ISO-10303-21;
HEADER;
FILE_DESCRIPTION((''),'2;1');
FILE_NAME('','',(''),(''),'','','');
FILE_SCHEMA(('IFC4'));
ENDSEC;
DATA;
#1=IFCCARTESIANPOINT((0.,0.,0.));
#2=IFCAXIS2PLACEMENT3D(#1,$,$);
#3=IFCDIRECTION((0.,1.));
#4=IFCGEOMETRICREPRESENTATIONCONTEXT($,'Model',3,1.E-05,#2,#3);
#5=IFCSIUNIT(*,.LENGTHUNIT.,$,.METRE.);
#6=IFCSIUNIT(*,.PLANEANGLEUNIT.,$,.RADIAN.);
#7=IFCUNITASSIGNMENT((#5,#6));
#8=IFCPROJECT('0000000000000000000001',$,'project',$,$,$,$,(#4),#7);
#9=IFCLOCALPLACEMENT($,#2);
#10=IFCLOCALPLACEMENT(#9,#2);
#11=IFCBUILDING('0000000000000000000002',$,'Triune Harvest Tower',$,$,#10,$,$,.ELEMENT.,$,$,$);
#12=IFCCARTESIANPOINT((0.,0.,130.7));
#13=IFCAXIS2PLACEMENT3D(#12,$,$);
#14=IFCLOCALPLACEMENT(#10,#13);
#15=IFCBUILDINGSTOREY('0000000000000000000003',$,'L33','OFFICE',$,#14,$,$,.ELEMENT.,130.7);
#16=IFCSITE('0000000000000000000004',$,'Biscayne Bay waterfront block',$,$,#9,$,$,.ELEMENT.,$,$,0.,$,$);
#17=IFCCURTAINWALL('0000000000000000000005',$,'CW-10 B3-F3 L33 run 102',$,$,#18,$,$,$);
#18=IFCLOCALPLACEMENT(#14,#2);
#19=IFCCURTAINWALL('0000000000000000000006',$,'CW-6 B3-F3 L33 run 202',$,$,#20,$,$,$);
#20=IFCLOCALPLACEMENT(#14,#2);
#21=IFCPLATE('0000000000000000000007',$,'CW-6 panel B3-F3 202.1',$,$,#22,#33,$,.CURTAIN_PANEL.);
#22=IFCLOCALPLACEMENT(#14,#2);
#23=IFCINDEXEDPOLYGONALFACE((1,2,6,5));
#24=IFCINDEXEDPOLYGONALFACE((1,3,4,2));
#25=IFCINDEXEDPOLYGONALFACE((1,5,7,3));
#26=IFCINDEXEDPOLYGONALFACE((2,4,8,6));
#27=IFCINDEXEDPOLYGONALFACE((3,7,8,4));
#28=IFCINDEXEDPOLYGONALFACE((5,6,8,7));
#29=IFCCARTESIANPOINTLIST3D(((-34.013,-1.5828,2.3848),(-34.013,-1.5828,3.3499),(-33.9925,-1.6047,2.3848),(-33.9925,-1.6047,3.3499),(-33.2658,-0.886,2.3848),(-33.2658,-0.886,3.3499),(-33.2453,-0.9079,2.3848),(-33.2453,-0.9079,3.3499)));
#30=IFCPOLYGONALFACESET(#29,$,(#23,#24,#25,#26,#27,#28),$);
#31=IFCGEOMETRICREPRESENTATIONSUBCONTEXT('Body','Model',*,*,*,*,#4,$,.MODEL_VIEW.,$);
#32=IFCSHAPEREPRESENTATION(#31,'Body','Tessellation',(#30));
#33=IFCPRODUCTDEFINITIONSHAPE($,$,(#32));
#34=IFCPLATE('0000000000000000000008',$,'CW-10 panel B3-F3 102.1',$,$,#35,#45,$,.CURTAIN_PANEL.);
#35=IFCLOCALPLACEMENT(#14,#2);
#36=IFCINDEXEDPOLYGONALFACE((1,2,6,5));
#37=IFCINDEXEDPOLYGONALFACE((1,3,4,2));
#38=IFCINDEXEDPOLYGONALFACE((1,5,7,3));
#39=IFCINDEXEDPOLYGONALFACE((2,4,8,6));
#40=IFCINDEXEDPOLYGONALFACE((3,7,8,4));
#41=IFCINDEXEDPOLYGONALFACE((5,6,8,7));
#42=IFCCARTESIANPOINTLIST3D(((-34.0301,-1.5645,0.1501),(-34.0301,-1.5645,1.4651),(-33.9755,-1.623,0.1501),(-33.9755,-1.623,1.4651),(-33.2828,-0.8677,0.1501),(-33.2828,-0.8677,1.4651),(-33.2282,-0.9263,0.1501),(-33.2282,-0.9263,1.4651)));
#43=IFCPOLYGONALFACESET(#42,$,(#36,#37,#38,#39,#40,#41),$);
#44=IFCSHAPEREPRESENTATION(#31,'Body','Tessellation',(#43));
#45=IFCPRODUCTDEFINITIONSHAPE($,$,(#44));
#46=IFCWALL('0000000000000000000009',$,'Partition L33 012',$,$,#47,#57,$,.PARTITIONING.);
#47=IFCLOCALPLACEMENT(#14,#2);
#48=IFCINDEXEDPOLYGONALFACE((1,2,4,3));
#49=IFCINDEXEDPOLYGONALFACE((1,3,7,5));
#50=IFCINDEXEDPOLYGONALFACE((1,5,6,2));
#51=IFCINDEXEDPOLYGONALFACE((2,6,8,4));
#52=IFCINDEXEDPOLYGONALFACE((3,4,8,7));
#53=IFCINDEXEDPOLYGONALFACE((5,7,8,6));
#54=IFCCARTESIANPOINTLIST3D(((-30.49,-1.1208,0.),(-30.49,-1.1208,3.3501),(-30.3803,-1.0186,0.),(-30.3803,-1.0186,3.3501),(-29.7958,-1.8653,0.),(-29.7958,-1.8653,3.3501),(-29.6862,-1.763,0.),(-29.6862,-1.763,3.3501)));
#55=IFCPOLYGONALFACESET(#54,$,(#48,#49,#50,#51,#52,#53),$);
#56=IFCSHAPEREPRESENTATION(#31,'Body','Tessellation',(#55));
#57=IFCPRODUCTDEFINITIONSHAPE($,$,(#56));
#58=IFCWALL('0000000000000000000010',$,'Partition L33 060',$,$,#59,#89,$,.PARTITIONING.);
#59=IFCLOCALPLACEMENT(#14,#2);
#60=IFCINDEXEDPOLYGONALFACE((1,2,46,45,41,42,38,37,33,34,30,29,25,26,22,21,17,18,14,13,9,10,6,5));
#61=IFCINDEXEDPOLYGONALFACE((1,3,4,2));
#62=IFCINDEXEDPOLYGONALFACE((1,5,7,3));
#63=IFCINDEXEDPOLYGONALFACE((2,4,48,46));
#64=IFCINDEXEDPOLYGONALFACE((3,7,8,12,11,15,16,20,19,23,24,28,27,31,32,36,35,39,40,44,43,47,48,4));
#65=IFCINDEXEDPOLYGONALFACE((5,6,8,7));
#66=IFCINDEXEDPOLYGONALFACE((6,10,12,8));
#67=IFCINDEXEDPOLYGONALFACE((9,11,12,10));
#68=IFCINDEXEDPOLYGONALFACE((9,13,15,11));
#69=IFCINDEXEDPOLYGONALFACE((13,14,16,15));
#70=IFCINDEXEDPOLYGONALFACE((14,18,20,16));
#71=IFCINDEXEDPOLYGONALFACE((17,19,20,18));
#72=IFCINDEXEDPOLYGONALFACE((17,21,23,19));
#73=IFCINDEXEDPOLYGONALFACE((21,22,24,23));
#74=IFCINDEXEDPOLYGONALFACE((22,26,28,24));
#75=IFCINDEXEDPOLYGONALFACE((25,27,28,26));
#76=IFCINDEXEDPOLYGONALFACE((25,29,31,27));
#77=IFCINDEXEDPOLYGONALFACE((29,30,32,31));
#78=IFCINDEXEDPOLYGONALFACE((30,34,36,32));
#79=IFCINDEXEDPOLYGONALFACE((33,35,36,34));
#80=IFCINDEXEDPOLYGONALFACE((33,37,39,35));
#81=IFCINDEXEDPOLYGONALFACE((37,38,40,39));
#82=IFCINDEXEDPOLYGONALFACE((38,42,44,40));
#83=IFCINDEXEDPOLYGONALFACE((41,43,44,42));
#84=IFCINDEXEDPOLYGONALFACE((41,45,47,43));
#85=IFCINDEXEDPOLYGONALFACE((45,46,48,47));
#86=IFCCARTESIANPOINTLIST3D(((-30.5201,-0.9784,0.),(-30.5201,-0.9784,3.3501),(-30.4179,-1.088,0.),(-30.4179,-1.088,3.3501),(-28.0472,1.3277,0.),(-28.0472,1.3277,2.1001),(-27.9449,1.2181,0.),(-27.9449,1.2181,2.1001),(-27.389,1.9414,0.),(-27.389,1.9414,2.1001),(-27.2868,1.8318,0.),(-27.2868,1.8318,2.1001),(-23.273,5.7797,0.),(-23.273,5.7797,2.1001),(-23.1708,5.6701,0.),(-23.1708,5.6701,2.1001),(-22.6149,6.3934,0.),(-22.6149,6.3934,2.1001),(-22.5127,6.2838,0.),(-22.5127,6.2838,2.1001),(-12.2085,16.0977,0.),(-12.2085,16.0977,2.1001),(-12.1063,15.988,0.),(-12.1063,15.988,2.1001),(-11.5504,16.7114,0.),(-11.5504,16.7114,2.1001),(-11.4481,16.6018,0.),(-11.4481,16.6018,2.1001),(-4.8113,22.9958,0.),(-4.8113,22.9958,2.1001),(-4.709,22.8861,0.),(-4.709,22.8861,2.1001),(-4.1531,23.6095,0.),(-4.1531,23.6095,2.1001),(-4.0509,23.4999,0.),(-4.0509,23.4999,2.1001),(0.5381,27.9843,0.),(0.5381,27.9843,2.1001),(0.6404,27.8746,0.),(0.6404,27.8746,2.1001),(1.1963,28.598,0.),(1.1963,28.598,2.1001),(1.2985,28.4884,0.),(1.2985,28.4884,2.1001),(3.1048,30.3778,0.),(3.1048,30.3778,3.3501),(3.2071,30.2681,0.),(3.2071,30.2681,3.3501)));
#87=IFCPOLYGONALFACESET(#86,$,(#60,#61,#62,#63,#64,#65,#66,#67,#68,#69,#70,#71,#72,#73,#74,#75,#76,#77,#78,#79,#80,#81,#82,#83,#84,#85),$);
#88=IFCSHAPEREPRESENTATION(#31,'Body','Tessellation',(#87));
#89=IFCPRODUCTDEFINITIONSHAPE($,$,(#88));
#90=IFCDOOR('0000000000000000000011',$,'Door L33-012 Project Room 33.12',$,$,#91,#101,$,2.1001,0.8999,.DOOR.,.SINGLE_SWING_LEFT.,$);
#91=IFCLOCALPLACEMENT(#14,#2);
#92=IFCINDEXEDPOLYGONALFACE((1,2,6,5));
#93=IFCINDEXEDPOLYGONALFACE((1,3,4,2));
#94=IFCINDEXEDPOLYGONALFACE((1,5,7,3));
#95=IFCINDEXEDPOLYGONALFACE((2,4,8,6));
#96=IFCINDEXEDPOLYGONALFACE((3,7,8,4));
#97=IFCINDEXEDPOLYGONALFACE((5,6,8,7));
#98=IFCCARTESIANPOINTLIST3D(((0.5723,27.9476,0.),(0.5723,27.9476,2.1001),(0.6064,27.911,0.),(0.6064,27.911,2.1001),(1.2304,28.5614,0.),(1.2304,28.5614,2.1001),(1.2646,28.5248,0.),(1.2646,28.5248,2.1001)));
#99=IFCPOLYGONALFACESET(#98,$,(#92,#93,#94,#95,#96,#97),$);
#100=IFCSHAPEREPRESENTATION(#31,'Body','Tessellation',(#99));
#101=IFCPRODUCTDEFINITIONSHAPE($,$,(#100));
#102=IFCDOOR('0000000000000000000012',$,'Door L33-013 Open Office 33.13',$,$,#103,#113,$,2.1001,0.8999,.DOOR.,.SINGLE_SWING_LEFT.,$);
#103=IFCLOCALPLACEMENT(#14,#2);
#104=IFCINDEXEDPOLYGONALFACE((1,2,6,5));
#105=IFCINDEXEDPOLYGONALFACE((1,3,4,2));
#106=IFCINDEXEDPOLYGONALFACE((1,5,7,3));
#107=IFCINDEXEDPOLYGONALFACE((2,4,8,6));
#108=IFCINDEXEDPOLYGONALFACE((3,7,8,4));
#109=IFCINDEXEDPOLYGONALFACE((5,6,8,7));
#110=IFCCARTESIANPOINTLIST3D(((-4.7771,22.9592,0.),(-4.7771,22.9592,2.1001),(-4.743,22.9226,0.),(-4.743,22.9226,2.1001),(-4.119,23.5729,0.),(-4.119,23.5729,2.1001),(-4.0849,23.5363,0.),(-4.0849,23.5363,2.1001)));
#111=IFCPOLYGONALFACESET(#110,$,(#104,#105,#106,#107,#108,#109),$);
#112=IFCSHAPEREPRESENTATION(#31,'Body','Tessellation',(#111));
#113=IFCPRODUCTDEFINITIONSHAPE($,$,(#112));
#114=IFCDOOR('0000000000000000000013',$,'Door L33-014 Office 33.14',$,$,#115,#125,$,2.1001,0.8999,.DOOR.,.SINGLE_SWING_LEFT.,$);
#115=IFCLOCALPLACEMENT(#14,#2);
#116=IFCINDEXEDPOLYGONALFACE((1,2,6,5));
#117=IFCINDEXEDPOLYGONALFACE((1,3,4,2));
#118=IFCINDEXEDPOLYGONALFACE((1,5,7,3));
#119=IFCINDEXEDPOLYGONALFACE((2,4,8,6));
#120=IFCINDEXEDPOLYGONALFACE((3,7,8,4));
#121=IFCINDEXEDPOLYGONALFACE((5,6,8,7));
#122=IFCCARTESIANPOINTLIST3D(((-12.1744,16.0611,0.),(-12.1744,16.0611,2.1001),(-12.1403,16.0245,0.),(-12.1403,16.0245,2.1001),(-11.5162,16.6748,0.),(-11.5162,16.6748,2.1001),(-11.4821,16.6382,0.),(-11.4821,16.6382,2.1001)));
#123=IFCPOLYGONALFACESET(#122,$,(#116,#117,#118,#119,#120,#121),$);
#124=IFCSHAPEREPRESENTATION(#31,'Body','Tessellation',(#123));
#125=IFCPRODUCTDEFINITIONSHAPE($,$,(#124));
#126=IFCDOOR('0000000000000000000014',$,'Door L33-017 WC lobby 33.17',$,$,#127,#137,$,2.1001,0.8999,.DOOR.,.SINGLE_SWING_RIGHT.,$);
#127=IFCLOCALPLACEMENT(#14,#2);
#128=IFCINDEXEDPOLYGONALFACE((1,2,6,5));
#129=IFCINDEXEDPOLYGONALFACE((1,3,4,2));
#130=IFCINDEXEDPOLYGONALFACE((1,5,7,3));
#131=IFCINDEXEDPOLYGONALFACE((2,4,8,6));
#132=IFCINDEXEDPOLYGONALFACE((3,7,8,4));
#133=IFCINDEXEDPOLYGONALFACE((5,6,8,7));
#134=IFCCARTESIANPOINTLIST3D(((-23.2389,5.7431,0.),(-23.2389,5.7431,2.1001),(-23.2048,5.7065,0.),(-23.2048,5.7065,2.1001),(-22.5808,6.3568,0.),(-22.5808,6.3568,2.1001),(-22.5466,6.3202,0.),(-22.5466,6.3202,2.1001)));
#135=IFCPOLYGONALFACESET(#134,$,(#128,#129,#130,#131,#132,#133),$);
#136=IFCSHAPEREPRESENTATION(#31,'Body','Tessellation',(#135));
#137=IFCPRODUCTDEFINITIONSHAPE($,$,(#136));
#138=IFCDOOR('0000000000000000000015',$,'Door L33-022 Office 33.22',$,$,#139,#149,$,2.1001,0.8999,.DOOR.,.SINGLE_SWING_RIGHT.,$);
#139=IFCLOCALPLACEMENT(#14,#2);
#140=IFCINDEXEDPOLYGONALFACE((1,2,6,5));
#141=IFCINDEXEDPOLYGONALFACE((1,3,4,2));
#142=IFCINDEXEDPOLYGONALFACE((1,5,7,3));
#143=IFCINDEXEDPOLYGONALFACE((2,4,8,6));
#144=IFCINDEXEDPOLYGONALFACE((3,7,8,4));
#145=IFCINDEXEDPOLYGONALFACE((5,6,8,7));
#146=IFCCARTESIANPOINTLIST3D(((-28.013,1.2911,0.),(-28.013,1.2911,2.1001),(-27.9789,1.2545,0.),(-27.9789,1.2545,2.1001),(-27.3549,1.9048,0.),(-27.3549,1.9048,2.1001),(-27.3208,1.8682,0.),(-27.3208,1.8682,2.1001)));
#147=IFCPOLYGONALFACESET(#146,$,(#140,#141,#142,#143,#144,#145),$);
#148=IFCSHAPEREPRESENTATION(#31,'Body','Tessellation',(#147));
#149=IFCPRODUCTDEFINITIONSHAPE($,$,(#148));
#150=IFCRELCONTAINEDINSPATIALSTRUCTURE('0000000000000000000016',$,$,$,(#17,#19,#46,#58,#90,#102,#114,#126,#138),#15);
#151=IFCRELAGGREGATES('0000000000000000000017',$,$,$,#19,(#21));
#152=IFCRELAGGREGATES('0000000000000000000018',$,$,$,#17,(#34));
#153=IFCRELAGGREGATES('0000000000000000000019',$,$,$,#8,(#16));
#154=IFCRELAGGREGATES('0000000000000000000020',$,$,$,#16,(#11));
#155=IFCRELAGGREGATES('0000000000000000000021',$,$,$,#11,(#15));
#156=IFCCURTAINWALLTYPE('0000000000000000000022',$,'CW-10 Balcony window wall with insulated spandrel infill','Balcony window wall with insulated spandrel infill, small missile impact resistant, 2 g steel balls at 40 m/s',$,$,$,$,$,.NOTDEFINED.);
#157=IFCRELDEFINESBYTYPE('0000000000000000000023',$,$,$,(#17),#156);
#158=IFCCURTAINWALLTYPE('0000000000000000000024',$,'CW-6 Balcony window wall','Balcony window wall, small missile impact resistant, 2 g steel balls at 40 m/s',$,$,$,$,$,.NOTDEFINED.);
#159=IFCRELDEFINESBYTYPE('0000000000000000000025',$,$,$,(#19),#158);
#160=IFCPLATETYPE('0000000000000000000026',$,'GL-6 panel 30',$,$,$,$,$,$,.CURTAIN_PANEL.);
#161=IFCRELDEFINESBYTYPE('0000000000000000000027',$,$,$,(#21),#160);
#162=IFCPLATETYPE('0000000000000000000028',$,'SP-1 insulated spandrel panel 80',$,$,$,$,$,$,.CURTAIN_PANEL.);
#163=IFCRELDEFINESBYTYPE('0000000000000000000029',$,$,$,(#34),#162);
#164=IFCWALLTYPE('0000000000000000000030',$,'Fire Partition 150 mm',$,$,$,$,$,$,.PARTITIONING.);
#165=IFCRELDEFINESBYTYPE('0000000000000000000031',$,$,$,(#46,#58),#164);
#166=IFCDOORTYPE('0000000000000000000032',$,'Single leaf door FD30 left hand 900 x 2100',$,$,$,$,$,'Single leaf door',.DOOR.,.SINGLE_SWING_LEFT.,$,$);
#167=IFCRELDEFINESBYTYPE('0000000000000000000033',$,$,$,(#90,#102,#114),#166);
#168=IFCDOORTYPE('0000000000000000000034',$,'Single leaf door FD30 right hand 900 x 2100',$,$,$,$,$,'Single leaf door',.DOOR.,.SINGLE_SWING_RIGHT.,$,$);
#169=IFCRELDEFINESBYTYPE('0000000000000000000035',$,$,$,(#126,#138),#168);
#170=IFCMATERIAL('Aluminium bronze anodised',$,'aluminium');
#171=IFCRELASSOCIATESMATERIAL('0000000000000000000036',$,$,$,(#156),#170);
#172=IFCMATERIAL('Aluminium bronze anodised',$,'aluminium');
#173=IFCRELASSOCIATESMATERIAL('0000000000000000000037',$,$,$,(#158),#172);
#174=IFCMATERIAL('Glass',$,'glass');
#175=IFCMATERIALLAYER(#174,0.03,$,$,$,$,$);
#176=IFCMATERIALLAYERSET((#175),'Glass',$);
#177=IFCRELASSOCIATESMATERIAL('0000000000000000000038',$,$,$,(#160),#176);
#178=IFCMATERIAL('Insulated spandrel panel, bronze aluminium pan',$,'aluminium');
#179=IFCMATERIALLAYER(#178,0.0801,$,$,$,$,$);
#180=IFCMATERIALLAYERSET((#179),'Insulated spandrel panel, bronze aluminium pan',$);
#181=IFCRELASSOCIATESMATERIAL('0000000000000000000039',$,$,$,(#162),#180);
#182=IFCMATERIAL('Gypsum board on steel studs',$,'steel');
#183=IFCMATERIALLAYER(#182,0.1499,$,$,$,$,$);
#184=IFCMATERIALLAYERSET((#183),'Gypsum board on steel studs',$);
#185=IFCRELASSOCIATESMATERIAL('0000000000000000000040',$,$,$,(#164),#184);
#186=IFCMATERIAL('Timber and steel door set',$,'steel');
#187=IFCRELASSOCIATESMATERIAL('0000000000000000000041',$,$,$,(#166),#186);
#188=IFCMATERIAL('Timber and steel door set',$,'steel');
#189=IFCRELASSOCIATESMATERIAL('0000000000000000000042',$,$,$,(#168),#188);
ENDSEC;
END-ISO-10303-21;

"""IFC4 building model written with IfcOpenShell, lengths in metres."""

from ifc_helpers import new_model, si_unit, direction, frame, frame_2d, origin, origin_2d, place, context, subcontext, project, spatial, rectangle, extrude, source, transform, mapped, material, layer, layer_set, type_object, element, fill, aggregate, save


model = new_model("IFC4")

# Units and contexts
model_context = context("Model", 3, precision=1e-05, world=origin(), true_north=direction((0.0, 1.0)))
body_context = subcontext(model_context, "Body", "Model", "MODEL_VIEW")
ifc_project = project(units=[si_unit("LENGTHUNIT", "METRE"), si_unit("PLANEANGLEUNIT", "RADIAN")], contexts=[model_context])

# Site, building, storey
site_placement = place(None, origin())
site = spatial("IfcSite", under=ifc_project, at=site_placement, Name="Biscayne Bay waterfront block", CompositionType="ELEMENT", RefElevation=0.0)
building_placement = place(site_placement, origin())
building = spatial("IfcBuilding", under=site, at=building_placement, Name="Triune Harvest Tower", CompositionType="ELEMENT")
storey_placement = place(building_placement, frame((0.0, 0.0, 130.7)))
storey = spatial("IfcBuildingStorey", under=building, at=storey_placement, Name="L33", Description="OFFICE", CompositionType="ELEMENT", Elevation=130.7)

# Curtain walls
ifc_material_1 = material(Name="Aluminium bronze anodised", Category="aluminium")
curtain_wall_type_1 = type_object("IfcCurtainWallType", Name="CW-10 Balcony window wall with insulated spandrel infill", Description="Balcony window wall with insulated spandrel infill, small missile impact resistant, 2 g steel balls at 40 m/s", PredefinedType="NOTDEFINED", material=ifc_material_1)
curtain_wall_1_placement = place(storey_placement, origin())
curtain_wall_1 = element("IfcCurtainWall", 1, at=curtain_wall_1_placement, inside=storey, type_object=curtain_wall_type_1, Name="CW-10 B3-F3 L33 run 102")
ifc_material_2 = material(Name="Aluminium bronze anodised", Category="aluminium")
curtain_wall_type_2 = type_object("IfcCurtainWallType", Name="CW-6 Balcony window wall", Description="Balcony window wall, small missile impact resistant, 2 g steel balls at 40 m/s", PredefinedType="NOTDEFINED", material=ifc_material_2)
curtain_wall_2_placement = place(storey_placement, origin())
curtain_wall_2 = element("IfcCurtainWall", 2, at=curtain_wall_2_placement, inside=storey, type_object=curtain_wall_type_2, Name="CW-6 B3-F3 L33 run 202")

# Plates
ifc_material_3 = material(Name="Glass", Category="glass")
ifc_layer_1 = layer(ifc_material_3, 0.03)
ifc_layer_set_1 = layer_set([ifc_layer_1], Name="Glass")
plate_type_1 = type_object("IfcPlateType", Name="GL-6 panel 30", PredefinedType="CURTAIN_PANEL", material=ifc_layer_set_1)
plate_1_placement = place(storey_placement, frame((-33.6292, -1.2454, 2.3848), z_axis=(0.0, 0.0, 1.0), x_axis=(-0.731382, -0.681968, 0.0)))
plate_1 = element("IfcPlate", 3, at=plate_1_placement, type_object=plate_type_1, Name="CW-6 panel B3-F3 202.1", PredefinedType="CURTAIN_PANEL", context=body_context, shape_type="SweptSolid", body=[
    extrude(rectangle(XDim=1.0217, YDim=0.03, at=origin_2d()), origin(), (0.0, 0.0, 1.0), 0.9651),
])
aggregate(curtain_wall_2, [plate_1])
ifc_material_4 = material(Name="Insulated spandrel panel, bronze aluminium pan", Category="aluminium")
ifc_layer_2 = layer(ifc_material_4, 0.0801)
ifc_layer_set_2 = layer_set([ifc_layer_2], Name="Insulated spandrel panel, bronze aluminium pan")
plate_type_2 = type_object("IfcPlateType", Name="SP-1 insulated spandrel panel 80", PredefinedType="CURTAIN_PANEL", material=ifc_layer_set_2)
plate_2_placement = place(storey_placement, frame((-33.6292, -1.2454, 0.1501), z_axis=(0.0, 0.0, 1.0), x_axis=(-0.731382, -0.681968, 0.0)))
plate_2 = element("IfcPlate", 4, at=plate_2_placement, type_object=plate_type_2, Name="CW-10 panel B3-F3 102.1", PredefinedType="CURTAIN_PANEL", context=body_context, shape_type="SweptSolid", body=[
    extrude(rectangle(XDim=1.0217, YDim=0.0801, at=origin_2d()), origin(), (0.0, 0.0, 1.0), 1.3149),
])
aggregate(curtain_wall_1, [plate_2])

# Wall
ifc_material_5 = material(Name="Gypsum board on steel studs", Category="steel")
ifc_layer_3 = layer(ifc_material_5, 0.1499)
ifc_layer_set_3 = layer_set([ifc_layer_3], Name="Gypsum board on steel studs")
wall_type = type_object("IfcWallType", Name="Fire Partition 150 mm", PredefinedType="PARTITIONING", material=ifc_layer_set_3)
shared_shape_1 = source(origin(), body_context, "Body", "SweptSolid", [
    extrude(rectangle(XDim=1.0178, YDim=0.1499, at=frame_2d((0.5088, 0.0))), origin(), (0.0, 0.0, 1.0), 3.3501),
])
wall_1_placement = place(storey_placement, frame((-30.4351, -1.0698, 0.0), z_axis=(0.0, 0.0, 1.0), x_axis=(0.681968, -0.731382, 0.0)))
element("IfcWall", 5, at=wall_1_placement, inside=storey, type_object=wall_type, Name="Partition L33 012", PredefinedType="PARTITIONING", context=body_context, shape_type="MappedRepresentation", body=[
    mapped(shared_shape_1, transform((0.0, 0.0, 0.0), scale=1.0)),
])

# Wall, openings, doors
shared_shape_2 = source(origin(), body_context, "Body", "SweptSolid", [
    extrude(rectangle(XDim=45.9766, YDim=0.1499, at=frame_2d((22.9883, 0.0))), origin(), (0.0, 0.0, 1.0), 3.3501),
])
wall_2_placement = place(storey_placement, frame((-30.469, -1.0332, 0.0), z_axis=(0.0, 0.0, 1.0), x_axis=(0.73135, 0.682003, 0.0)))
wall_2 = element("IfcWall", 6, at=wall_2_placement, inside=storey, type_object=wall_type, Name="Partition L33 060", PredefinedType="PARTITIONING", context=body_context, shape_type="MappedRepresentation", body=[
    mapped(shared_shape_2, transform((0.0, 0.0, 0.0), scale=1.0)),
])
opening_1_placement = place(wall_2_placement, frame((42.467, 0.0, 0.0)))
opening_1 = element("IfcOpeningElement", 7, at=opening_1_placement, cuts=wall_2, PredefinedType="OPENING", context=body_context, shape_type="SweptSolid", body=[
    extrude(rectangle(XDim=0.8999, YDim=2.1001, at=frame_2d((0.45, 1.05))), frame((0.0, 0.085, 0.0), z_axis=(0.0, -1.0, 0.0), x_axis=(1.0, 0.0, 0.0)), (0.0, 0.0, 1.0), 0.1699),
])
opening_2_placement = place(wall_2_placement, frame((35.1526, 0.0, 0.0)))
opening_2 = element("IfcOpeningElement", 8, at=opening_2_placement, cuts=wall_2, PredefinedType="OPENING", context=body_context, shape_type="SweptSolid", body=[
    extrude(rectangle(XDim=0.8999, YDim=2.1001, at=frame_2d((0.45, 1.05))), frame((0.0, 0.085, 0.0), z_axis=(0.0, -1.0, 0.0), x_axis=(1.0, 0.0, 0.0)), (0.0, 0.0, 1.0), 0.1699),
])
opening_3_placement = place(wall_2_placement, frame((25.0381, 0.0, 0.0)))
opening_3 = element("IfcOpeningElement", 9, at=opening_3_placement, cuts=wall_2, PredefinedType="OPENING", context=body_context, shape_type="SweptSolid", body=[
    extrude(rectangle(XDim=0.8999, YDim=2.1001, at=frame_2d((0.45, 1.05))), frame((0.0, 0.085, 0.0), z_axis=(0.0, -1.0, 0.0), x_axis=(1.0, 0.0, 0.0)), (0.0, 0.0, 1.0), 0.1699),
])
opening_4_placement = place(wall_2_placement, frame((9.9092, 0.0, 0.0)))
opening_4 = element("IfcOpeningElement", 10, at=opening_4_placement, cuts=wall_2, PredefinedType="OPENING", context=body_context, shape_type="SweptSolid", body=[
    extrude(rectangle(XDim=0.8999, YDim=2.1001, at=frame_2d((0.45, 1.05))), frame((0.0, 0.085, 0.0), z_axis=(0.0, -1.0, 0.0), x_axis=(1.0, 0.0, 0.0)), (0.0, 0.0, 1.0), 0.1699),
])
opening_5_placement = place(wall_2_placement, frame((3.3813, 0.0, 0.0)))
opening_5 = element("IfcOpeningElement", 11, at=opening_5_placement, cuts=wall_2, PredefinedType="OPENING", context=body_context, shape_type="SweptSolid", body=[
    extrude(rectangle(XDim=0.8999, YDim=2.1001, at=frame_2d((0.45, 1.05))), frame((0.0, 0.085, 0.0), z_axis=(0.0, -1.0, 0.0), x_axis=(1.0, 0.0, 0.0)), (0.0, 0.0, 1.0), 0.1699),
])
ifc_material_6 = material(Name="Timber and steel door set", Category="steel")
door_type_1 = type_object("IfcDoorType", Name="Single leaf door FD30 left hand 900 x 2100", ElementType="Single leaf door", OperationType="SINGLE_SWING_LEFT", PredefinedType="DOOR", material=ifc_material_6)
door_1_placement = place(opening_1_placement, origin())
door_1 = element("IfcDoor", 12, at=door_1_placement, inside=storey, type_object=door_type_1, Name="Door L33-012 Project Room 33.12", OperationType="SINGLE_SWING_LEFT", OverallHeight=2.1001, OverallWidth=0.8999, PredefinedType="DOOR", context=body_context, shape_type="SweptSolid", body=[
    extrude(rectangle(XDim=0.8999, YDim=2.1001, at=frame_2d((0.45, 1.05))), frame((0.0, 0.0249, 0.0), z_axis=(0.0, -1.0, 0.0), x_axis=(1.0, 0.0, 0.0)), (0.0, 0.0, 1.0), 0.05),
])
fill(opening_1, door_1)
door_2_placement = place(opening_2_placement, origin())
door_2 = element("IfcDoor", 13, at=door_2_placement, inside=storey, type_object=door_type_1, Name="Door L33-013 Open Office 33.13", OperationType="SINGLE_SWING_LEFT", OverallHeight=2.1001, OverallWidth=0.8999, PredefinedType="DOOR", context=body_context, shape_type="SweptSolid", body=[
    extrude(rectangle(XDim=0.8999, YDim=2.1001, at=frame_2d((0.45, 1.05))), frame((0.0, 0.0249, 0.0), z_axis=(0.0, -1.0, 0.0), x_axis=(1.0, 0.0, 0.0)), (0.0, 0.0, 1.0), 0.05),
])
fill(opening_2, door_2)
door_3_placement = place(opening_3_placement, origin())
door_3 = element("IfcDoor", 14, at=door_3_placement, inside=storey, type_object=door_type_1, Name="Door L33-014 Office 33.14", OperationType="SINGLE_SWING_LEFT", OverallHeight=2.1001, OverallWidth=0.8999, PredefinedType="DOOR", context=body_context, shape_type="SweptSolid", body=[
    extrude(rectangle(XDim=0.8999, YDim=2.1001, at=frame_2d((0.45, 1.05))), frame((0.0, 0.0249, 0.0), z_axis=(0.0, -1.0, 0.0), x_axis=(1.0, 0.0, 0.0)), (0.0, 0.0, 1.0), 0.05),
])
fill(opening_3, door_3)
ifc_material_7 = material(Name="Timber and steel door set", Category="steel")
door_type_2 = type_object("IfcDoorType", Name="Single leaf door FD30 right hand 900 x 2100", ElementType="Single leaf door", OperationType="SINGLE_SWING_RIGHT", PredefinedType="DOOR", material=ifc_material_7)
door_4_placement = place(opening_4_placement, origin())
door_4 = element("IfcDoor", 15, at=door_4_placement, inside=storey, type_object=door_type_2, Name="Door L33-017 WC lobby 33.17", OperationType="SINGLE_SWING_RIGHT", OverallHeight=2.1001, OverallWidth=0.8999, PredefinedType="DOOR", context=body_context, shape_type="SweptSolid", body=[
    extrude(rectangle(XDim=0.8999, YDim=2.1001, at=frame_2d((0.45, 1.05))), frame((0.0, 0.0249, 0.0), z_axis=(0.0, -1.0, 0.0), x_axis=(1.0, 0.0, 0.0)), (0.0, 0.0, 1.0), 0.05),
])
fill(opening_4, door_4)
door_5_placement = place(opening_5_placement, origin())
door_5 = element("IfcDoor", 16, at=door_5_placement, inside=storey, type_object=door_type_2, Name="Door L33-022 Office 33.22", OperationType="SINGLE_SWING_RIGHT", OverallHeight=2.1001, OverallWidth=0.8999, PredefinedType="DOOR", context=body_context, shape_type="SweptSolid", body=[
    extrude(rectangle(XDim=0.8999, YDim=2.1001, at=frame_2d((0.45, 1.05))), frame((0.0, 0.0249, 0.0), z_axis=(0.0, -1.0, 0.0), x_axis=(1.0, 0.0, 0.0)), (0.0, 0.0, 1.0), 0.05),
])
fill(opening_5, door_5)

save(model, "model.ifc")
